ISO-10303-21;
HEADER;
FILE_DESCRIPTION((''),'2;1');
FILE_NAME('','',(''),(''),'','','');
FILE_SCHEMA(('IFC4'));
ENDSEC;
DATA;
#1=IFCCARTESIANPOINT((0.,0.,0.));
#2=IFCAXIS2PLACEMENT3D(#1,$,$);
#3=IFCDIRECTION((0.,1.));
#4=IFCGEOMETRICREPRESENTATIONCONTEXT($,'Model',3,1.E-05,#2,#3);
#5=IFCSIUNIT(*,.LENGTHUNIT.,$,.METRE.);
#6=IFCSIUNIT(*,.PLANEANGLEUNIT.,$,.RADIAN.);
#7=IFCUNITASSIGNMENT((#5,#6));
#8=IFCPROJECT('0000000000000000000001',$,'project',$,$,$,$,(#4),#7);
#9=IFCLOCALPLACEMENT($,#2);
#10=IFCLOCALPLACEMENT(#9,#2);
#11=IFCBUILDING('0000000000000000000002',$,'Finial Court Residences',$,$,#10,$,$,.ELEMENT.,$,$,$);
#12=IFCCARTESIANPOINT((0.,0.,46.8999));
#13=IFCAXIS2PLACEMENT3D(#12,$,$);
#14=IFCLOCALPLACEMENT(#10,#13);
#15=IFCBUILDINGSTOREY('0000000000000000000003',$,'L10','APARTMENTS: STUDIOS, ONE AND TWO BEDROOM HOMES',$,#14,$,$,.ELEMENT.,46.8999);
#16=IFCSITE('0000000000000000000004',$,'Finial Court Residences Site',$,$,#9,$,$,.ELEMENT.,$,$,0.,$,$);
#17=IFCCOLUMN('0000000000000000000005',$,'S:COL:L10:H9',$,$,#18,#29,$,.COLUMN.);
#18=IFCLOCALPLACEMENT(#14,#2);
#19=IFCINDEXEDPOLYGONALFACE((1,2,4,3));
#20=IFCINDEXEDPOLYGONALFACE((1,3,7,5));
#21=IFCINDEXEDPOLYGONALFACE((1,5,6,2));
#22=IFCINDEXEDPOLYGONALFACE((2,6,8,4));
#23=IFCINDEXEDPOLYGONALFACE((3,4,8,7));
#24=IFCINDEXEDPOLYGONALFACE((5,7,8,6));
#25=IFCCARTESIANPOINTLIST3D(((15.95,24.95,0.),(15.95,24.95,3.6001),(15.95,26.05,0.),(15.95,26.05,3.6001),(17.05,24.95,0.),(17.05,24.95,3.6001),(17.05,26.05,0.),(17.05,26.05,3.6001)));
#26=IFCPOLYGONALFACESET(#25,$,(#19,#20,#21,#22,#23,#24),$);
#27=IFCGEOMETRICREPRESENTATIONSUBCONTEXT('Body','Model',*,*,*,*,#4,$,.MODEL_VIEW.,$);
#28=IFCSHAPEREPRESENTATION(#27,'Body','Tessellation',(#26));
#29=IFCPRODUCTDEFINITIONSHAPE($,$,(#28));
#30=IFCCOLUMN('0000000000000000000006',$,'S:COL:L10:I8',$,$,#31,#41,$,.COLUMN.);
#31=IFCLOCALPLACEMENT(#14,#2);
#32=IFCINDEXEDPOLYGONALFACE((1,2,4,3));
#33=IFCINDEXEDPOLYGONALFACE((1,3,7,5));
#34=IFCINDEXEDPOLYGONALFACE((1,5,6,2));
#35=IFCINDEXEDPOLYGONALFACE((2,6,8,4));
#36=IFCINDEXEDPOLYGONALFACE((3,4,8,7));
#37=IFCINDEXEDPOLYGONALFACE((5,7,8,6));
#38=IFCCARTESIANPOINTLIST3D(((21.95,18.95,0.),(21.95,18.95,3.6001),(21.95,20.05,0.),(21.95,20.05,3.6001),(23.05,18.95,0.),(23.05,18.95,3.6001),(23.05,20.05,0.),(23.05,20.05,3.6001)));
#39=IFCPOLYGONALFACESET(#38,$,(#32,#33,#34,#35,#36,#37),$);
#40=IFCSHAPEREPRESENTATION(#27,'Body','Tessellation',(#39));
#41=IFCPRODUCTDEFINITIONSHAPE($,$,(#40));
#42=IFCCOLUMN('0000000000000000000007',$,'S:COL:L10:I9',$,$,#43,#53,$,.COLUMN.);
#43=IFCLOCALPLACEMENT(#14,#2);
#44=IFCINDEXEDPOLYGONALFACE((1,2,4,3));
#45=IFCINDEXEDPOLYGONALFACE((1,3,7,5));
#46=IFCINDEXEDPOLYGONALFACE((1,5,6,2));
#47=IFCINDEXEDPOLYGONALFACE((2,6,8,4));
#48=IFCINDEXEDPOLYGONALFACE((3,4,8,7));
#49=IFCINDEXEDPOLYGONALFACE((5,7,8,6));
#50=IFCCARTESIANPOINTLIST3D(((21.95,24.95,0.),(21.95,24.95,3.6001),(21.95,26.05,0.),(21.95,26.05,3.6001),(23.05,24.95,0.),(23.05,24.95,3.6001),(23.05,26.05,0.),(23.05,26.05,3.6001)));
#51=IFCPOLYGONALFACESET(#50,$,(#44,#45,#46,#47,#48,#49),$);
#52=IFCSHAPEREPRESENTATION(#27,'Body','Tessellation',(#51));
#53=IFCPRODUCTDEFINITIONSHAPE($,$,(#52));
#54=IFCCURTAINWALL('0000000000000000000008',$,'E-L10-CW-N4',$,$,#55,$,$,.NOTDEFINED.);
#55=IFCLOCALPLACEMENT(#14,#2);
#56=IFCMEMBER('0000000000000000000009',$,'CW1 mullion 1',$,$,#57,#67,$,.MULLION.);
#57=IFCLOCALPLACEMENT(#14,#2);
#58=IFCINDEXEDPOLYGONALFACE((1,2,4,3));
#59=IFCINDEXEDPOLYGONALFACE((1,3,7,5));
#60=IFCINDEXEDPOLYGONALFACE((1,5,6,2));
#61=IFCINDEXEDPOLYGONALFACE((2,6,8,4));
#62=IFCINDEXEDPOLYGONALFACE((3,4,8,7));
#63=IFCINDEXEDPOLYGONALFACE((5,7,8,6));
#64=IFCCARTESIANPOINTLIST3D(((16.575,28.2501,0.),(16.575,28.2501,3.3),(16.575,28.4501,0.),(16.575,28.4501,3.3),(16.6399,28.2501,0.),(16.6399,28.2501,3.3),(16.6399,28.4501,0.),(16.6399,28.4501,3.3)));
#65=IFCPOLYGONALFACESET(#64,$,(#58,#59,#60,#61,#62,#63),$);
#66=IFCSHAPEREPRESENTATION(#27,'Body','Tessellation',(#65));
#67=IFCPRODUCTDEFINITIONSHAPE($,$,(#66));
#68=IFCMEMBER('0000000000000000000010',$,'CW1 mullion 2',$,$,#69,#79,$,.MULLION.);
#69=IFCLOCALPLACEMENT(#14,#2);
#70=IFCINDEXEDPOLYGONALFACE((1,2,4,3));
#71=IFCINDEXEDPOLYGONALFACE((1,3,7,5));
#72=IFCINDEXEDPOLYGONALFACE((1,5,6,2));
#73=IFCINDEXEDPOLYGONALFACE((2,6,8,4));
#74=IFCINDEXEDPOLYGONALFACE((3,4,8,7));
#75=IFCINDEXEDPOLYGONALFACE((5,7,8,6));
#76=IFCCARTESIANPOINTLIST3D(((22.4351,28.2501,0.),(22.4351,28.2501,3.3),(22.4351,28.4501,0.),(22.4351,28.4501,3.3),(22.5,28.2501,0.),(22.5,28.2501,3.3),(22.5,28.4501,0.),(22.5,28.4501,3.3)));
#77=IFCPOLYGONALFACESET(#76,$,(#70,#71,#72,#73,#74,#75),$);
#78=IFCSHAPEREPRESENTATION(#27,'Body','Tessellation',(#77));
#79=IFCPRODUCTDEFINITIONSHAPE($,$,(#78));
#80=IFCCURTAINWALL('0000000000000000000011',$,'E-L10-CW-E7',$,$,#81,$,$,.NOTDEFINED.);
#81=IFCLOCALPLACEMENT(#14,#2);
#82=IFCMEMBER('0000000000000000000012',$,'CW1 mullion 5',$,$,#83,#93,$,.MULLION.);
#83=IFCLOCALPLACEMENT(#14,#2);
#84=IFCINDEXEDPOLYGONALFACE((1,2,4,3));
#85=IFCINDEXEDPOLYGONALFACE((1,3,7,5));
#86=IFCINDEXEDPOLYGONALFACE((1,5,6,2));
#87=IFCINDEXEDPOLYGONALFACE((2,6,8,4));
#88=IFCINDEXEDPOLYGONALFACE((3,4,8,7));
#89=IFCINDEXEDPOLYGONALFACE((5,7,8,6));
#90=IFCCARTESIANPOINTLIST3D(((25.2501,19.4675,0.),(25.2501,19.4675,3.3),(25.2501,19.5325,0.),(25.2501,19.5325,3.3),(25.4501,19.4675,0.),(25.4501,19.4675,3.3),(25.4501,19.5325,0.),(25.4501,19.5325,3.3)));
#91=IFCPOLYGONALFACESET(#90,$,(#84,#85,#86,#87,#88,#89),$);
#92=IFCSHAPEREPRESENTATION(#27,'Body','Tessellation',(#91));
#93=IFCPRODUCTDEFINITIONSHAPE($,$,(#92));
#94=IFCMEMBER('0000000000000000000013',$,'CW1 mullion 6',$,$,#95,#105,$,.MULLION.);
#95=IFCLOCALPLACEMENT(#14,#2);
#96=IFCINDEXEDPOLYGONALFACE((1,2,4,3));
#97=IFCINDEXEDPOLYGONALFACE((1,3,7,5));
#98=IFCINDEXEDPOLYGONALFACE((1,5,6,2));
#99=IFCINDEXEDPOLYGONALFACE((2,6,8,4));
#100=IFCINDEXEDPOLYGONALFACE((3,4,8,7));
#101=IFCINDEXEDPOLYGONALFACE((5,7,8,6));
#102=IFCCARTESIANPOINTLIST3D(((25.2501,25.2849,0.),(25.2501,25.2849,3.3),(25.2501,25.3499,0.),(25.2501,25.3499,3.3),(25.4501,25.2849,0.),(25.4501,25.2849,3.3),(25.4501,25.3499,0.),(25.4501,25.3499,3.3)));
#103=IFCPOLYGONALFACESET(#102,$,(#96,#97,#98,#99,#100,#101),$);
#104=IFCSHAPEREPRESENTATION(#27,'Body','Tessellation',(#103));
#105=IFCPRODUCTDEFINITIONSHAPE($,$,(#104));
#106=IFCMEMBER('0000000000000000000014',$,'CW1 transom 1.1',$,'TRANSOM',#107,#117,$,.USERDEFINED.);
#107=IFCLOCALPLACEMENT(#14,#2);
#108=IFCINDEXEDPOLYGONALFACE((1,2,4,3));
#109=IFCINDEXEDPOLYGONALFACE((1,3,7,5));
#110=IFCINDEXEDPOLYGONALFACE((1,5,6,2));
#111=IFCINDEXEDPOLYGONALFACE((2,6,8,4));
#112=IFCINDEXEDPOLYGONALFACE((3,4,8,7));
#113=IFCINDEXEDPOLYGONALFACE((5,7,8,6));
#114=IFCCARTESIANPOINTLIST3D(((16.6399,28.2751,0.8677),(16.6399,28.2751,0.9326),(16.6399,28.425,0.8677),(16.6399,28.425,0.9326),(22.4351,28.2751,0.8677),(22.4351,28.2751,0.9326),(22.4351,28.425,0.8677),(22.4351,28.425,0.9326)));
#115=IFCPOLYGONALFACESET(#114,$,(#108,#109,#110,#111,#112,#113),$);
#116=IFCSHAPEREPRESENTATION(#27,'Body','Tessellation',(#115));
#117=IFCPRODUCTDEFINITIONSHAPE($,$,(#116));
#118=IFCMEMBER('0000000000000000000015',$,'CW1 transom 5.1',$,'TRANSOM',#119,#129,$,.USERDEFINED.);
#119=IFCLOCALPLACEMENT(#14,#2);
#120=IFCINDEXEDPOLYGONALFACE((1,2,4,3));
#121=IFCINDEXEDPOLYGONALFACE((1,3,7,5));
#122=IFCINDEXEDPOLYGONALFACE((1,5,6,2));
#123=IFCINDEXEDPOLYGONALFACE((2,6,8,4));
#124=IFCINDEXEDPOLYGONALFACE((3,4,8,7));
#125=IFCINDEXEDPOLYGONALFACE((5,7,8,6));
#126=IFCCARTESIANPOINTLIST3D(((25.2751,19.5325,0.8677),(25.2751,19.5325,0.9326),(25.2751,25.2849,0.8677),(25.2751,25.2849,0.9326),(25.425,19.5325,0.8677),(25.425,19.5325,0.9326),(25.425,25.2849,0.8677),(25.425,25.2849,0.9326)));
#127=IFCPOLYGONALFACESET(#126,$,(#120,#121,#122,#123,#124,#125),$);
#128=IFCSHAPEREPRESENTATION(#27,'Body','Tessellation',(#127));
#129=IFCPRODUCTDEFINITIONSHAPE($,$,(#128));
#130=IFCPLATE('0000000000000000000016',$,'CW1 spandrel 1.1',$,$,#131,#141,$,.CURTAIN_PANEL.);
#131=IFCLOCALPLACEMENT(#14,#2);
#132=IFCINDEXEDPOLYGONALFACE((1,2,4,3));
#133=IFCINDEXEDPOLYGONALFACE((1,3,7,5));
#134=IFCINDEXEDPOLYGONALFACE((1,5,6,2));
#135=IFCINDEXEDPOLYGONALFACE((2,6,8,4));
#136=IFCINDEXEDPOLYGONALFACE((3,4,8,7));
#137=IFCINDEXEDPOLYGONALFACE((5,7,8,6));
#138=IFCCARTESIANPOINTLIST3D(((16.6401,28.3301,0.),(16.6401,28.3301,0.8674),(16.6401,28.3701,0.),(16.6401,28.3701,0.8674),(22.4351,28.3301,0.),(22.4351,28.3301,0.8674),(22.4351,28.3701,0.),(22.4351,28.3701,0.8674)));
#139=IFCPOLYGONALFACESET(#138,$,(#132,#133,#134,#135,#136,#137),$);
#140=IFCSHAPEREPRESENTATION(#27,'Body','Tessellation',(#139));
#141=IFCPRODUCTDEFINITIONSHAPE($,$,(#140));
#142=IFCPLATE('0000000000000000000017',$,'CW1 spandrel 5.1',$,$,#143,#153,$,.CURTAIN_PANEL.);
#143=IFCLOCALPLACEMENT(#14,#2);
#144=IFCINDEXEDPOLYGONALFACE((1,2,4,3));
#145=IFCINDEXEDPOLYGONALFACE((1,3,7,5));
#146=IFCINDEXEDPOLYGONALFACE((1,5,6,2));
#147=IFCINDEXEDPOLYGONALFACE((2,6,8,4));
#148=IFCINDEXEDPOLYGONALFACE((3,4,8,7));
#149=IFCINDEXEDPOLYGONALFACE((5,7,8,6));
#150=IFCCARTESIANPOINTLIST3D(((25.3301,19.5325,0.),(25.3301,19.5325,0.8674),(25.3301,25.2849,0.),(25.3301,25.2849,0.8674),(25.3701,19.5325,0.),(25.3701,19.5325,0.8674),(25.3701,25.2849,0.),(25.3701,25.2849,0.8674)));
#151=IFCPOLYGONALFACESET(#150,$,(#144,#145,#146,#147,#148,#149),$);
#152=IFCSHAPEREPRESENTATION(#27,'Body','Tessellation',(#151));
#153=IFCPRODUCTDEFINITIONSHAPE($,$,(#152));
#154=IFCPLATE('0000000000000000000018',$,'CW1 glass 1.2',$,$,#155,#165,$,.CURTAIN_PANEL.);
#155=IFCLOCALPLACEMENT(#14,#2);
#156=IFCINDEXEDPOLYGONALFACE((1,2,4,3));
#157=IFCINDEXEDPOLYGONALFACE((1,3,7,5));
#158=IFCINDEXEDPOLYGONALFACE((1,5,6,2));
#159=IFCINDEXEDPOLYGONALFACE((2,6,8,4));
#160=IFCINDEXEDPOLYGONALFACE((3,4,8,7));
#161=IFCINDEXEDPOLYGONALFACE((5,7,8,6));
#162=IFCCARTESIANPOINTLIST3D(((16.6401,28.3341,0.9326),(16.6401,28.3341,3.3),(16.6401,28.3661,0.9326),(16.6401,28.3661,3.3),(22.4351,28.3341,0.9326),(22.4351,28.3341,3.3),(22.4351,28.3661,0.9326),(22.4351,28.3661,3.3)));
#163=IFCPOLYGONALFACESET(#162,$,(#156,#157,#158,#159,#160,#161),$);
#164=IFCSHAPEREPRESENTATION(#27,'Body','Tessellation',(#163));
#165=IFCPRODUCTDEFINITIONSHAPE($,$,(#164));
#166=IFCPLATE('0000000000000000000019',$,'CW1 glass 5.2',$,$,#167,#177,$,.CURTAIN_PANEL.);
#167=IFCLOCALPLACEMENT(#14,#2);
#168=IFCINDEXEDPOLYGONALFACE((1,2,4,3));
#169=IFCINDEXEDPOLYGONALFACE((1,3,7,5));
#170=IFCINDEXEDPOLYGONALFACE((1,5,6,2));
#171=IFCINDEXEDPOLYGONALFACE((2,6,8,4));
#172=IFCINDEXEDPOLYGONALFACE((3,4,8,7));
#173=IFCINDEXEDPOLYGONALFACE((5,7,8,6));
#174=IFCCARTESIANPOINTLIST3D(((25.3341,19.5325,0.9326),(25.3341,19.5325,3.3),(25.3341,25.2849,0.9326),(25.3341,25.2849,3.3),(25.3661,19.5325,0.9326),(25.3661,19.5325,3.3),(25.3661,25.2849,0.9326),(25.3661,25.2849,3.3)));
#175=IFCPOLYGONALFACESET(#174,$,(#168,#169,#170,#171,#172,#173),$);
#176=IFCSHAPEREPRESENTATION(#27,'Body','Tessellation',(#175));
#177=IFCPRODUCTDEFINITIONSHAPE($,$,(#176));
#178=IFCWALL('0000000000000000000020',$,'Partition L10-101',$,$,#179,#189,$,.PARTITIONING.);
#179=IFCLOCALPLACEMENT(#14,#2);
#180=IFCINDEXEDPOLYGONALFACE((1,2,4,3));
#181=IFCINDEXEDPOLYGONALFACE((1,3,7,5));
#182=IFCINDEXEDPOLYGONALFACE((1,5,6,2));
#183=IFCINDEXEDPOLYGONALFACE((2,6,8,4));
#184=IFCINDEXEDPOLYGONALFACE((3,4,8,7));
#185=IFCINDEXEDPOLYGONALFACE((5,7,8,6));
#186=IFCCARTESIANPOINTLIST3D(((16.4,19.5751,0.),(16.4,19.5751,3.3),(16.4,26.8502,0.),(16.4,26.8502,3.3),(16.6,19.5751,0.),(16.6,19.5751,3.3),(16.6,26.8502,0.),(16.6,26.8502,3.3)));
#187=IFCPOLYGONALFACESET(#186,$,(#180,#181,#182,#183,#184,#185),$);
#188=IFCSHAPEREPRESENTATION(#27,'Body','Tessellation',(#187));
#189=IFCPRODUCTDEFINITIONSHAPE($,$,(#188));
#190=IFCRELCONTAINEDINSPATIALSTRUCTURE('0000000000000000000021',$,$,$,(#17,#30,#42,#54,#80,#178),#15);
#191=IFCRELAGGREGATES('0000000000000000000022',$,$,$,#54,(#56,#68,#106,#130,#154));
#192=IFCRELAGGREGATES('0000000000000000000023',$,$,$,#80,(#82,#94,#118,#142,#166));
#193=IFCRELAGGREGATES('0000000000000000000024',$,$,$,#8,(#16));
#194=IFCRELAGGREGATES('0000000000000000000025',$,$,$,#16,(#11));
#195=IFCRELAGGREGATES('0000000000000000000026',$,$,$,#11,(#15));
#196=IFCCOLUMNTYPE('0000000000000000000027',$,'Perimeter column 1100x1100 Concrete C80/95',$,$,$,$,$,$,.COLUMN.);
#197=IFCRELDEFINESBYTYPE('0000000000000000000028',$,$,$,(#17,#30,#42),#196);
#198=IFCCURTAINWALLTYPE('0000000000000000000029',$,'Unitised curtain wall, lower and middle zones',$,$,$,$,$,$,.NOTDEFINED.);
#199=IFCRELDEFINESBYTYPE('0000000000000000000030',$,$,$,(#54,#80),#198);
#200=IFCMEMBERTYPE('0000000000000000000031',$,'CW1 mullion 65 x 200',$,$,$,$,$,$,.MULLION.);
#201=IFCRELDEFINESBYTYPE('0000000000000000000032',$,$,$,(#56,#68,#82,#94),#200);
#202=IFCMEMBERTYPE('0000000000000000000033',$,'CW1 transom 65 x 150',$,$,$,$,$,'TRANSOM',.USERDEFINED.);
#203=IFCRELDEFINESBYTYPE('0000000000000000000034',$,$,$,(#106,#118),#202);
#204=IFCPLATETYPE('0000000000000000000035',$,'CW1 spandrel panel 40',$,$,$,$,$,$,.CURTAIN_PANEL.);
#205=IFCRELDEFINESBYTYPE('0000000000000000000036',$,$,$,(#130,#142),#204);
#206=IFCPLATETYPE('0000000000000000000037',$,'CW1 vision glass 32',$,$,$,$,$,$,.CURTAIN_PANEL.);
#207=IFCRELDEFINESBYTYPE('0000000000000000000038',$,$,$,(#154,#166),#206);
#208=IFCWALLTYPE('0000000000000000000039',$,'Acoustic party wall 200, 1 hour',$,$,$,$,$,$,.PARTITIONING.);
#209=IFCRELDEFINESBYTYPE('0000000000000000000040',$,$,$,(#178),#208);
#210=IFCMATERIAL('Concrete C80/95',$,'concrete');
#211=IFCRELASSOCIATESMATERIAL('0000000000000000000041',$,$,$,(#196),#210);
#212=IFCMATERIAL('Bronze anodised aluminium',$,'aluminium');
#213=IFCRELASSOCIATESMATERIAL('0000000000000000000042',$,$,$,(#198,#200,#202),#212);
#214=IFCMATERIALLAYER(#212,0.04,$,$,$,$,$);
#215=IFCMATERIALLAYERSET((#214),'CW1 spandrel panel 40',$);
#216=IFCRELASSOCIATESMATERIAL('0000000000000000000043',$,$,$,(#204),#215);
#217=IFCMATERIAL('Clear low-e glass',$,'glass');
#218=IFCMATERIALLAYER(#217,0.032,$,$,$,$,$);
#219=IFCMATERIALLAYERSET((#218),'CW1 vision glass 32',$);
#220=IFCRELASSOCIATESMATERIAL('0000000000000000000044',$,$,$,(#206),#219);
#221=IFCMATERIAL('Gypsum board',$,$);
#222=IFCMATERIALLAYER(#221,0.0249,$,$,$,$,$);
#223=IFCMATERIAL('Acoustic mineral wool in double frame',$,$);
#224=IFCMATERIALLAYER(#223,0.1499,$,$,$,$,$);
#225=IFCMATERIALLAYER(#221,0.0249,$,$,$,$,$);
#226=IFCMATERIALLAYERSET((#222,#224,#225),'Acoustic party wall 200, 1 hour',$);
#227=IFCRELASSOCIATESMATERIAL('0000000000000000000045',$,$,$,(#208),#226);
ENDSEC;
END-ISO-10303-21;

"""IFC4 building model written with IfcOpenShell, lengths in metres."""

from ifc_helpers import new_model, si_unit, direction, frame, frame_2d, origin, origin_2d, place, context, subcontext, project, spatial, rectangle, extrude, material, layer, layer_set, material_profile, profile_set, type_object, element, aggregate, save


model = new_model("IFC4")

# Units and contexts
model_context = context("Model", 3, precision=1e-05, world=origin(), true_north=direction((0.0, 1.0)))
body_context = subcontext(model_context, "Body", "Model", "MODEL_VIEW")
ifc_project = project(units=[si_unit("LENGTHUNIT", "METRE"), si_unit("PLANEANGLEUNIT", "RADIAN")], contexts=[model_context])

# Site, building, storey
site_placement = place(None, origin())
site = spatial("IfcSite", under=ifc_project, at=site_placement, Name="Finial Court Residences Site", CompositionType="ELEMENT", RefElevation=0.0)
building_placement = place(site_placement, origin())
building = spatial("IfcBuilding", under=site, at=building_placement, Name="Finial Court Residences", CompositionType="ELEMENT")
storey_placement = place(building_placement, frame((0.0, 0.0, 46.8999)))
storey = spatial("IfcBuildingStorey", under=building, at=storey_placement, Name="L10", Description="APARTMENTS: STUDIOS, ONE AND TWO BEDROOM HOMES", CompositionType="ELEMENT", Elevation=46.8999)

# Columns
ifc_material_1 = material(Name="Concrete C80/95", Category="concrete")
ifc_material_profile_1 = material_profile(ifc_material_1, rectangle(XDim=1.1001, YDim=1.1001, at=origin_2d()), Name="1100x1100")
ifc_profile_set_1 = profile_set([ifc_material_profile_1], Name="Concrete C80/95")
column_type = type_object("IfcColumnType", Name="Perimeter column 1100x1100 Concrete C80/95", PredefinedType="COLUMN", material=ifc_profile_set_1)
for number, where, z_axis, x_axis, name in (
    (1, (16.5, 25.5, 0.0), (0.0, 0.0, 1.0), (1.0, 0.0, 0.0), "S:COL:L10:H9"),
    (2, (22.5, 19.5, 0.0), (0.0, 0.0, 1.0), (1.0, 0.0, 0.0), "S:COL:L10:I8"),
    (3, (22.5, 25.5, 0.0), (0.0, 0.0, 1.0), (1.0, 0.0, 0.0), "S:COL:L10:I9"),
):
    element("IfcColumn", number, at=place(storey_placement, frame(where, z_axis=z_axis, x_axis=x_axis)), inside=storey, type_object=column_type, Name=name, PredefinedType="COLUMN", context=body_context, shape_type="SweptSolid", body=[
        extrude(rectangle(XDim=1.1001, YDim=1.1001, at=origin_2d()), origin(), (0.0, 0.0, 1.0), 3.6001),
    ])

# Curtain walls, members
ifc_material_2 = material(Name="Bronze anodised aluminium", Category="aluminium")
curtain_wall_type = type_object("IfcCurtainWallType", Name="Unitised curtain wall, lower and middle zones", PredefinedType="NOTDEFINED", material=ifc_material_2)
curtain_wall_1_placement = place(storey_placement, origin())
curtain_wall_1 = element("IfcCurtainWall", 4, at=curtain_wall_1_placement, inside=storey, type_object=curtain_wall_type, Name="E-L10-CW-N4", PredefinedType="NOTDEFINED")
ifc_material_profile_2 = material_profile(ifc_material_2, rectangle(XDim=0.2, YDim=0.0649, at=origin_2d()), Name="CW1 mullion 65 x 200")
ifc_profile_set_2 = profile_set([ifc_material_profile_2], Name="Bronze anodised aluminium")
member_type_1 = type_object("IfcMemberType", Name="CW1 mullion 65 x 200", PredefinedType="MULLION", material=ifc_profile_set_2)
member_1_placement = place(storey_placement, frame((16.6074, 28.3501, 0.0), z_axis=(0.0, 0.0, 1.0), x_axis=(0.0, 1.0, 0.0)))
member_1 = element("IfcMember", 5, at=member_1_placement, type_object=member_type_1, Name="CW1 mullion 1", PredefinedType="MULLION", context=body_context, shape_type="SweptSolid", body=[
    extrude(rectangle(XDim=0.2, YDim=0.0649, at=origin_2d()), origin(), (0.0, 0.0, 1.0), 3.3),
])
member_2_placement = place(storey_placement, frame((22.4675, 28.3501, 0.0), z_axis=(0.0, 0.0, 1.0), x_axis=(0.0, 1.0, 0.0)))
member_2 = element("IfcMember", 6, at=member_2_placement, type_object=member_type_1, Name="CW1 mullion 2", PredefinedType="MULLION", context=body_context, shape_type="SweptSolid", body=[
    extrude(rectangle(XDim=0.2, YDim=0.0649, at=origin_2d()), origin(), (0.0, 0.0, 1.0), 3.3),
])
curtain_wall_2_placement = place(storey_placement, origin())
curtain_wall_2 = element("IfcCurtainWall", 7, at=curtain_wall_2_placement, inside=storey, type_object=curtain_wall_type, Name="E-L10-CW-E7", PredefinedType="NOTDEFINED")
member_3_placement = place(storey_placement, frame((25.3501, 19.5, 0.0), z_axis=(0.0, 0.0, 1.0), x_axis=(-1.0, 0.0, 0.0)))
member_3 = element("IfcMember", 8, at=member_3_placement, type_object=member_type_1, Name="CW1 mullion 5", PredefinedType="MULLION", context=body_context, shape_type="SweptSolid", body=[
    extrude(rectangle(XDim=0.2, YDim=0.0649, at=origin_2d()), origin(), (0.0, 0.0, 1.0), 3.3),
])
member_4_placement = place(storey_placement, frame((25.3501, 25.3174, 0.0), z_axis=(0.0, 0.0, 1.0), x_axis=(-1.0, 0.0, 0.0)))
member_4 = element("IfcMember", 9, at=member_4_placement, type_object=member_type_1, Name="CW1 mullion 6", PredefinedType="MULLION", context=body_context, shape_type="SweptSolid", body=[
    extrude(rectangle(XDim=0.2, YDim=0.0649, at=origin_2d()), origin(), (0.0, 0.0, 1.0), 3.3),
])

# Members
ifc_material_profile_3 = material_profile(ifc_material_2, rectangle(XDim=0.1499, YDim=0.0649, at=origin_2d()), Name="CW1 transom 65 x 150")
ifc_profile_set_3 = profile_set([ifc_material_profile_3], Name="Bronze anodised aluminium")
member_type_2 = type_object("IfcMemberType", Name="CW1 transom 65 x 150", ElementType="TRANSOM", PredefinedType="USERDEFINED", material=ifc_profile_set_3)
member_5_placement = place(storey_placement, frame((16.6399, 28.3501, 0.9001), z_axis=(1.0, 0.0, 0.0), x_axis=(0.0, 1.0, 0.0)))
member_5 = element("IfcMember", 10, at=member_5_placement, type_object=member_type_2, Name="CW1 transom 1.1", ObjectType="TRANSOM", PredefinedType="USERDEFINED", context=body_context, shape_type="SweptSolid", body=[
    extrude(rectangle(XDim=0.1499, YDim=0.0649, at=origin_2d()), origin(), (0.0, 0.0, 1.0), 5.7952),
])
member_6_placement = place(storey_placement, frame((25.3501, 19.5325, 0.9001), z_axis=(0.0, 1.0, 0.0), x_axis=(-1.0, 0.0, 0.0)))
member_6 = element("IfcMember", 11, at=member_6_placement, type_object=member_type_2, Name="CW1 transom 5.1", ObjectType="TRANSOM", PredefinedType="USERDEFINED", context=body_context, shape_type="SweptSolid", body=[
    extrude(rectangle(XDim=0.1499, YDim=0.0649, at=origin_2d()), origin(), (0.0, 0.0, 1.0), 5.7524),
])

# Plates
ifc_layer_1 = layer(ifc_material_2, 0.04)
ifc_layer_set_1 = layer_set([ifc_layer_1], Name="CW1 spandrel panel 40")
plate_type_1 = type_object("IfcPlateType", Name="CW1 spandrel panel 40", PredefinedType="CURTAIN_PANEL", material=ifc_layer_set_1)
plate_1_placement = place(storey_placement, frame((19.5376, 28.3501, 0.0), z_axis=(0.0, 0.0, 1.0), x_axis=(1.0, 0.0, 0.0)))
plate_1 = element("IfcPlate", 12, at=plate_1_placement, type_object=plate_type_1, Name="CW1 spandrel 1.1", PredefinedType="CURTAIN_PANEL", context=body_context, shape_type="SweptSolid", body=[
    extrude(rectangle(XDim=5.7949, YDim=0.04, at=origin_2d()), origin(), (0.0, 0.0, 1.0), 0.8674),
])
plate_2_placement = place(storey_placement, frame((25.3501, 22.4087, 0.0), z_axis=(0.0, 0.0, 1.0), x_axis=(0.0, 1.0, 0.0)))
plate_2 = element("IfcPlate", 13, at=plate_2_placement, type_object=plate_type_1, Name="CW1 spandrel 5.1", PredefinedType="CURTAIN_PANEL", context=body_context, shape_type="SweptSolid", body=[
    extrude(rectangle(XDim=5.7524, YDim=0.04, at=origin_2d()), origin(), (0.0, 0.0, 1.0), 0.8674),
])
ifc_material_3 = material(Name="Clear low-e glass", Category="glass")
ifc_layer_2 = layer(ifc_material_3, 0.032)
ifc_layer_set_2 = layer_set([ifc_layer_2], Name="CW1 vision glass 32")
plate_type_2 = type_object("IfcPlateType", Name="CW1 vision glass 32", PredefinedType="CURTAIN_PANEL", material=ifc_layer_set_2)
plate_3_placement = place(storey_placement, frame((19.5376, 28.3501, 0.9326), z_axis=(0.0, 0.0, 1.0), x_axis=(1.0, 0.0, 0.0)))
plate_3 = element("IfcPlate", 14, at=plate_3_placement, type_object=plate_type_2, Name="CW1 glass 1.2", PredefinedType="CURTAIN_PANEL", context=body_context, shape_type="SweptSolid", body=[
    extrude(rectangle(XDim=5.7949, YDim=0.032, at=origin_2d()), origin(), (0.0, 0.0, 1.0), 2.3674),
])
aggregate(curtain_wall_1, [member_1, member_2, member_5, plate_1, plate_3])
plate_4_placement = place(storey_placement, frame((25.3501, 22.4087, 0.9326), z_axis=(0.0, 0.0, 1.0), x_axis=(0.0, 1.0, 0.0)))
plate_4 = element("IfcPlate", 15, at=plate_4_placement, type_object=plate_type_2, Name="CW1 glass 5.2", PredefinedType="CURTAIN_PANEL", context=body_context, shape_type="SweptSolid", body=[
    extrude(rectangle(XDim=5.7524, YDim=0.032, at=origin_2d()), origin(), (0.0, 0.0, 1.0), 2.3674),
])
aggregate(curtain_wall_2, [member_3, member_4, member_6, plate_2, plate_4])

# Wall
ifc_material_4 = material(Name="Gypsum board")
ifc_layer_3 = layer(ifc_material_4, 0.0249)
ifc_material_5 = material(Name="Acoustic mineral wool in double frame")
ifc_layer_4 = layer(ifc_material_5, 0.1499)
ifc_layer_5 = layer(ifc_material_4, 0.0249)
ifc_layer_set_3 = layer_set([ifc_layer_3, ifc_layer_4, ifc_layer_5], Name="Acoustic party wall 200, 1 hour")
wall_type_1 = type_object("IfcWallType", Name="Acoustic party wall 200, 1 hour", PredefinedType="PARTITIONING", material=ifc_layer_set_3)
wall_1_placement = place(storey_placement, frame((16.5, 19.575, 0.0), z_axis=(0.0, 0.0, 1.0), x_axis=(0.0, 1.0, 0.0)))
element("IfcWall", 16, at=wall_1_placement, inside=storey, type_object=wall_type_1, Name="Partition L10-101", PredefinedType="PARTITIONING", context=body_context, shape_type="SweptSolid", body=[
    extrude(rectangle(XDim=7.2751, YDim=0.2, at=frame_2d((3.6377, 0.0))), origin(), (0.0, 0.0, 1.0), 3.3),
])

save(model, "model.ifc")
